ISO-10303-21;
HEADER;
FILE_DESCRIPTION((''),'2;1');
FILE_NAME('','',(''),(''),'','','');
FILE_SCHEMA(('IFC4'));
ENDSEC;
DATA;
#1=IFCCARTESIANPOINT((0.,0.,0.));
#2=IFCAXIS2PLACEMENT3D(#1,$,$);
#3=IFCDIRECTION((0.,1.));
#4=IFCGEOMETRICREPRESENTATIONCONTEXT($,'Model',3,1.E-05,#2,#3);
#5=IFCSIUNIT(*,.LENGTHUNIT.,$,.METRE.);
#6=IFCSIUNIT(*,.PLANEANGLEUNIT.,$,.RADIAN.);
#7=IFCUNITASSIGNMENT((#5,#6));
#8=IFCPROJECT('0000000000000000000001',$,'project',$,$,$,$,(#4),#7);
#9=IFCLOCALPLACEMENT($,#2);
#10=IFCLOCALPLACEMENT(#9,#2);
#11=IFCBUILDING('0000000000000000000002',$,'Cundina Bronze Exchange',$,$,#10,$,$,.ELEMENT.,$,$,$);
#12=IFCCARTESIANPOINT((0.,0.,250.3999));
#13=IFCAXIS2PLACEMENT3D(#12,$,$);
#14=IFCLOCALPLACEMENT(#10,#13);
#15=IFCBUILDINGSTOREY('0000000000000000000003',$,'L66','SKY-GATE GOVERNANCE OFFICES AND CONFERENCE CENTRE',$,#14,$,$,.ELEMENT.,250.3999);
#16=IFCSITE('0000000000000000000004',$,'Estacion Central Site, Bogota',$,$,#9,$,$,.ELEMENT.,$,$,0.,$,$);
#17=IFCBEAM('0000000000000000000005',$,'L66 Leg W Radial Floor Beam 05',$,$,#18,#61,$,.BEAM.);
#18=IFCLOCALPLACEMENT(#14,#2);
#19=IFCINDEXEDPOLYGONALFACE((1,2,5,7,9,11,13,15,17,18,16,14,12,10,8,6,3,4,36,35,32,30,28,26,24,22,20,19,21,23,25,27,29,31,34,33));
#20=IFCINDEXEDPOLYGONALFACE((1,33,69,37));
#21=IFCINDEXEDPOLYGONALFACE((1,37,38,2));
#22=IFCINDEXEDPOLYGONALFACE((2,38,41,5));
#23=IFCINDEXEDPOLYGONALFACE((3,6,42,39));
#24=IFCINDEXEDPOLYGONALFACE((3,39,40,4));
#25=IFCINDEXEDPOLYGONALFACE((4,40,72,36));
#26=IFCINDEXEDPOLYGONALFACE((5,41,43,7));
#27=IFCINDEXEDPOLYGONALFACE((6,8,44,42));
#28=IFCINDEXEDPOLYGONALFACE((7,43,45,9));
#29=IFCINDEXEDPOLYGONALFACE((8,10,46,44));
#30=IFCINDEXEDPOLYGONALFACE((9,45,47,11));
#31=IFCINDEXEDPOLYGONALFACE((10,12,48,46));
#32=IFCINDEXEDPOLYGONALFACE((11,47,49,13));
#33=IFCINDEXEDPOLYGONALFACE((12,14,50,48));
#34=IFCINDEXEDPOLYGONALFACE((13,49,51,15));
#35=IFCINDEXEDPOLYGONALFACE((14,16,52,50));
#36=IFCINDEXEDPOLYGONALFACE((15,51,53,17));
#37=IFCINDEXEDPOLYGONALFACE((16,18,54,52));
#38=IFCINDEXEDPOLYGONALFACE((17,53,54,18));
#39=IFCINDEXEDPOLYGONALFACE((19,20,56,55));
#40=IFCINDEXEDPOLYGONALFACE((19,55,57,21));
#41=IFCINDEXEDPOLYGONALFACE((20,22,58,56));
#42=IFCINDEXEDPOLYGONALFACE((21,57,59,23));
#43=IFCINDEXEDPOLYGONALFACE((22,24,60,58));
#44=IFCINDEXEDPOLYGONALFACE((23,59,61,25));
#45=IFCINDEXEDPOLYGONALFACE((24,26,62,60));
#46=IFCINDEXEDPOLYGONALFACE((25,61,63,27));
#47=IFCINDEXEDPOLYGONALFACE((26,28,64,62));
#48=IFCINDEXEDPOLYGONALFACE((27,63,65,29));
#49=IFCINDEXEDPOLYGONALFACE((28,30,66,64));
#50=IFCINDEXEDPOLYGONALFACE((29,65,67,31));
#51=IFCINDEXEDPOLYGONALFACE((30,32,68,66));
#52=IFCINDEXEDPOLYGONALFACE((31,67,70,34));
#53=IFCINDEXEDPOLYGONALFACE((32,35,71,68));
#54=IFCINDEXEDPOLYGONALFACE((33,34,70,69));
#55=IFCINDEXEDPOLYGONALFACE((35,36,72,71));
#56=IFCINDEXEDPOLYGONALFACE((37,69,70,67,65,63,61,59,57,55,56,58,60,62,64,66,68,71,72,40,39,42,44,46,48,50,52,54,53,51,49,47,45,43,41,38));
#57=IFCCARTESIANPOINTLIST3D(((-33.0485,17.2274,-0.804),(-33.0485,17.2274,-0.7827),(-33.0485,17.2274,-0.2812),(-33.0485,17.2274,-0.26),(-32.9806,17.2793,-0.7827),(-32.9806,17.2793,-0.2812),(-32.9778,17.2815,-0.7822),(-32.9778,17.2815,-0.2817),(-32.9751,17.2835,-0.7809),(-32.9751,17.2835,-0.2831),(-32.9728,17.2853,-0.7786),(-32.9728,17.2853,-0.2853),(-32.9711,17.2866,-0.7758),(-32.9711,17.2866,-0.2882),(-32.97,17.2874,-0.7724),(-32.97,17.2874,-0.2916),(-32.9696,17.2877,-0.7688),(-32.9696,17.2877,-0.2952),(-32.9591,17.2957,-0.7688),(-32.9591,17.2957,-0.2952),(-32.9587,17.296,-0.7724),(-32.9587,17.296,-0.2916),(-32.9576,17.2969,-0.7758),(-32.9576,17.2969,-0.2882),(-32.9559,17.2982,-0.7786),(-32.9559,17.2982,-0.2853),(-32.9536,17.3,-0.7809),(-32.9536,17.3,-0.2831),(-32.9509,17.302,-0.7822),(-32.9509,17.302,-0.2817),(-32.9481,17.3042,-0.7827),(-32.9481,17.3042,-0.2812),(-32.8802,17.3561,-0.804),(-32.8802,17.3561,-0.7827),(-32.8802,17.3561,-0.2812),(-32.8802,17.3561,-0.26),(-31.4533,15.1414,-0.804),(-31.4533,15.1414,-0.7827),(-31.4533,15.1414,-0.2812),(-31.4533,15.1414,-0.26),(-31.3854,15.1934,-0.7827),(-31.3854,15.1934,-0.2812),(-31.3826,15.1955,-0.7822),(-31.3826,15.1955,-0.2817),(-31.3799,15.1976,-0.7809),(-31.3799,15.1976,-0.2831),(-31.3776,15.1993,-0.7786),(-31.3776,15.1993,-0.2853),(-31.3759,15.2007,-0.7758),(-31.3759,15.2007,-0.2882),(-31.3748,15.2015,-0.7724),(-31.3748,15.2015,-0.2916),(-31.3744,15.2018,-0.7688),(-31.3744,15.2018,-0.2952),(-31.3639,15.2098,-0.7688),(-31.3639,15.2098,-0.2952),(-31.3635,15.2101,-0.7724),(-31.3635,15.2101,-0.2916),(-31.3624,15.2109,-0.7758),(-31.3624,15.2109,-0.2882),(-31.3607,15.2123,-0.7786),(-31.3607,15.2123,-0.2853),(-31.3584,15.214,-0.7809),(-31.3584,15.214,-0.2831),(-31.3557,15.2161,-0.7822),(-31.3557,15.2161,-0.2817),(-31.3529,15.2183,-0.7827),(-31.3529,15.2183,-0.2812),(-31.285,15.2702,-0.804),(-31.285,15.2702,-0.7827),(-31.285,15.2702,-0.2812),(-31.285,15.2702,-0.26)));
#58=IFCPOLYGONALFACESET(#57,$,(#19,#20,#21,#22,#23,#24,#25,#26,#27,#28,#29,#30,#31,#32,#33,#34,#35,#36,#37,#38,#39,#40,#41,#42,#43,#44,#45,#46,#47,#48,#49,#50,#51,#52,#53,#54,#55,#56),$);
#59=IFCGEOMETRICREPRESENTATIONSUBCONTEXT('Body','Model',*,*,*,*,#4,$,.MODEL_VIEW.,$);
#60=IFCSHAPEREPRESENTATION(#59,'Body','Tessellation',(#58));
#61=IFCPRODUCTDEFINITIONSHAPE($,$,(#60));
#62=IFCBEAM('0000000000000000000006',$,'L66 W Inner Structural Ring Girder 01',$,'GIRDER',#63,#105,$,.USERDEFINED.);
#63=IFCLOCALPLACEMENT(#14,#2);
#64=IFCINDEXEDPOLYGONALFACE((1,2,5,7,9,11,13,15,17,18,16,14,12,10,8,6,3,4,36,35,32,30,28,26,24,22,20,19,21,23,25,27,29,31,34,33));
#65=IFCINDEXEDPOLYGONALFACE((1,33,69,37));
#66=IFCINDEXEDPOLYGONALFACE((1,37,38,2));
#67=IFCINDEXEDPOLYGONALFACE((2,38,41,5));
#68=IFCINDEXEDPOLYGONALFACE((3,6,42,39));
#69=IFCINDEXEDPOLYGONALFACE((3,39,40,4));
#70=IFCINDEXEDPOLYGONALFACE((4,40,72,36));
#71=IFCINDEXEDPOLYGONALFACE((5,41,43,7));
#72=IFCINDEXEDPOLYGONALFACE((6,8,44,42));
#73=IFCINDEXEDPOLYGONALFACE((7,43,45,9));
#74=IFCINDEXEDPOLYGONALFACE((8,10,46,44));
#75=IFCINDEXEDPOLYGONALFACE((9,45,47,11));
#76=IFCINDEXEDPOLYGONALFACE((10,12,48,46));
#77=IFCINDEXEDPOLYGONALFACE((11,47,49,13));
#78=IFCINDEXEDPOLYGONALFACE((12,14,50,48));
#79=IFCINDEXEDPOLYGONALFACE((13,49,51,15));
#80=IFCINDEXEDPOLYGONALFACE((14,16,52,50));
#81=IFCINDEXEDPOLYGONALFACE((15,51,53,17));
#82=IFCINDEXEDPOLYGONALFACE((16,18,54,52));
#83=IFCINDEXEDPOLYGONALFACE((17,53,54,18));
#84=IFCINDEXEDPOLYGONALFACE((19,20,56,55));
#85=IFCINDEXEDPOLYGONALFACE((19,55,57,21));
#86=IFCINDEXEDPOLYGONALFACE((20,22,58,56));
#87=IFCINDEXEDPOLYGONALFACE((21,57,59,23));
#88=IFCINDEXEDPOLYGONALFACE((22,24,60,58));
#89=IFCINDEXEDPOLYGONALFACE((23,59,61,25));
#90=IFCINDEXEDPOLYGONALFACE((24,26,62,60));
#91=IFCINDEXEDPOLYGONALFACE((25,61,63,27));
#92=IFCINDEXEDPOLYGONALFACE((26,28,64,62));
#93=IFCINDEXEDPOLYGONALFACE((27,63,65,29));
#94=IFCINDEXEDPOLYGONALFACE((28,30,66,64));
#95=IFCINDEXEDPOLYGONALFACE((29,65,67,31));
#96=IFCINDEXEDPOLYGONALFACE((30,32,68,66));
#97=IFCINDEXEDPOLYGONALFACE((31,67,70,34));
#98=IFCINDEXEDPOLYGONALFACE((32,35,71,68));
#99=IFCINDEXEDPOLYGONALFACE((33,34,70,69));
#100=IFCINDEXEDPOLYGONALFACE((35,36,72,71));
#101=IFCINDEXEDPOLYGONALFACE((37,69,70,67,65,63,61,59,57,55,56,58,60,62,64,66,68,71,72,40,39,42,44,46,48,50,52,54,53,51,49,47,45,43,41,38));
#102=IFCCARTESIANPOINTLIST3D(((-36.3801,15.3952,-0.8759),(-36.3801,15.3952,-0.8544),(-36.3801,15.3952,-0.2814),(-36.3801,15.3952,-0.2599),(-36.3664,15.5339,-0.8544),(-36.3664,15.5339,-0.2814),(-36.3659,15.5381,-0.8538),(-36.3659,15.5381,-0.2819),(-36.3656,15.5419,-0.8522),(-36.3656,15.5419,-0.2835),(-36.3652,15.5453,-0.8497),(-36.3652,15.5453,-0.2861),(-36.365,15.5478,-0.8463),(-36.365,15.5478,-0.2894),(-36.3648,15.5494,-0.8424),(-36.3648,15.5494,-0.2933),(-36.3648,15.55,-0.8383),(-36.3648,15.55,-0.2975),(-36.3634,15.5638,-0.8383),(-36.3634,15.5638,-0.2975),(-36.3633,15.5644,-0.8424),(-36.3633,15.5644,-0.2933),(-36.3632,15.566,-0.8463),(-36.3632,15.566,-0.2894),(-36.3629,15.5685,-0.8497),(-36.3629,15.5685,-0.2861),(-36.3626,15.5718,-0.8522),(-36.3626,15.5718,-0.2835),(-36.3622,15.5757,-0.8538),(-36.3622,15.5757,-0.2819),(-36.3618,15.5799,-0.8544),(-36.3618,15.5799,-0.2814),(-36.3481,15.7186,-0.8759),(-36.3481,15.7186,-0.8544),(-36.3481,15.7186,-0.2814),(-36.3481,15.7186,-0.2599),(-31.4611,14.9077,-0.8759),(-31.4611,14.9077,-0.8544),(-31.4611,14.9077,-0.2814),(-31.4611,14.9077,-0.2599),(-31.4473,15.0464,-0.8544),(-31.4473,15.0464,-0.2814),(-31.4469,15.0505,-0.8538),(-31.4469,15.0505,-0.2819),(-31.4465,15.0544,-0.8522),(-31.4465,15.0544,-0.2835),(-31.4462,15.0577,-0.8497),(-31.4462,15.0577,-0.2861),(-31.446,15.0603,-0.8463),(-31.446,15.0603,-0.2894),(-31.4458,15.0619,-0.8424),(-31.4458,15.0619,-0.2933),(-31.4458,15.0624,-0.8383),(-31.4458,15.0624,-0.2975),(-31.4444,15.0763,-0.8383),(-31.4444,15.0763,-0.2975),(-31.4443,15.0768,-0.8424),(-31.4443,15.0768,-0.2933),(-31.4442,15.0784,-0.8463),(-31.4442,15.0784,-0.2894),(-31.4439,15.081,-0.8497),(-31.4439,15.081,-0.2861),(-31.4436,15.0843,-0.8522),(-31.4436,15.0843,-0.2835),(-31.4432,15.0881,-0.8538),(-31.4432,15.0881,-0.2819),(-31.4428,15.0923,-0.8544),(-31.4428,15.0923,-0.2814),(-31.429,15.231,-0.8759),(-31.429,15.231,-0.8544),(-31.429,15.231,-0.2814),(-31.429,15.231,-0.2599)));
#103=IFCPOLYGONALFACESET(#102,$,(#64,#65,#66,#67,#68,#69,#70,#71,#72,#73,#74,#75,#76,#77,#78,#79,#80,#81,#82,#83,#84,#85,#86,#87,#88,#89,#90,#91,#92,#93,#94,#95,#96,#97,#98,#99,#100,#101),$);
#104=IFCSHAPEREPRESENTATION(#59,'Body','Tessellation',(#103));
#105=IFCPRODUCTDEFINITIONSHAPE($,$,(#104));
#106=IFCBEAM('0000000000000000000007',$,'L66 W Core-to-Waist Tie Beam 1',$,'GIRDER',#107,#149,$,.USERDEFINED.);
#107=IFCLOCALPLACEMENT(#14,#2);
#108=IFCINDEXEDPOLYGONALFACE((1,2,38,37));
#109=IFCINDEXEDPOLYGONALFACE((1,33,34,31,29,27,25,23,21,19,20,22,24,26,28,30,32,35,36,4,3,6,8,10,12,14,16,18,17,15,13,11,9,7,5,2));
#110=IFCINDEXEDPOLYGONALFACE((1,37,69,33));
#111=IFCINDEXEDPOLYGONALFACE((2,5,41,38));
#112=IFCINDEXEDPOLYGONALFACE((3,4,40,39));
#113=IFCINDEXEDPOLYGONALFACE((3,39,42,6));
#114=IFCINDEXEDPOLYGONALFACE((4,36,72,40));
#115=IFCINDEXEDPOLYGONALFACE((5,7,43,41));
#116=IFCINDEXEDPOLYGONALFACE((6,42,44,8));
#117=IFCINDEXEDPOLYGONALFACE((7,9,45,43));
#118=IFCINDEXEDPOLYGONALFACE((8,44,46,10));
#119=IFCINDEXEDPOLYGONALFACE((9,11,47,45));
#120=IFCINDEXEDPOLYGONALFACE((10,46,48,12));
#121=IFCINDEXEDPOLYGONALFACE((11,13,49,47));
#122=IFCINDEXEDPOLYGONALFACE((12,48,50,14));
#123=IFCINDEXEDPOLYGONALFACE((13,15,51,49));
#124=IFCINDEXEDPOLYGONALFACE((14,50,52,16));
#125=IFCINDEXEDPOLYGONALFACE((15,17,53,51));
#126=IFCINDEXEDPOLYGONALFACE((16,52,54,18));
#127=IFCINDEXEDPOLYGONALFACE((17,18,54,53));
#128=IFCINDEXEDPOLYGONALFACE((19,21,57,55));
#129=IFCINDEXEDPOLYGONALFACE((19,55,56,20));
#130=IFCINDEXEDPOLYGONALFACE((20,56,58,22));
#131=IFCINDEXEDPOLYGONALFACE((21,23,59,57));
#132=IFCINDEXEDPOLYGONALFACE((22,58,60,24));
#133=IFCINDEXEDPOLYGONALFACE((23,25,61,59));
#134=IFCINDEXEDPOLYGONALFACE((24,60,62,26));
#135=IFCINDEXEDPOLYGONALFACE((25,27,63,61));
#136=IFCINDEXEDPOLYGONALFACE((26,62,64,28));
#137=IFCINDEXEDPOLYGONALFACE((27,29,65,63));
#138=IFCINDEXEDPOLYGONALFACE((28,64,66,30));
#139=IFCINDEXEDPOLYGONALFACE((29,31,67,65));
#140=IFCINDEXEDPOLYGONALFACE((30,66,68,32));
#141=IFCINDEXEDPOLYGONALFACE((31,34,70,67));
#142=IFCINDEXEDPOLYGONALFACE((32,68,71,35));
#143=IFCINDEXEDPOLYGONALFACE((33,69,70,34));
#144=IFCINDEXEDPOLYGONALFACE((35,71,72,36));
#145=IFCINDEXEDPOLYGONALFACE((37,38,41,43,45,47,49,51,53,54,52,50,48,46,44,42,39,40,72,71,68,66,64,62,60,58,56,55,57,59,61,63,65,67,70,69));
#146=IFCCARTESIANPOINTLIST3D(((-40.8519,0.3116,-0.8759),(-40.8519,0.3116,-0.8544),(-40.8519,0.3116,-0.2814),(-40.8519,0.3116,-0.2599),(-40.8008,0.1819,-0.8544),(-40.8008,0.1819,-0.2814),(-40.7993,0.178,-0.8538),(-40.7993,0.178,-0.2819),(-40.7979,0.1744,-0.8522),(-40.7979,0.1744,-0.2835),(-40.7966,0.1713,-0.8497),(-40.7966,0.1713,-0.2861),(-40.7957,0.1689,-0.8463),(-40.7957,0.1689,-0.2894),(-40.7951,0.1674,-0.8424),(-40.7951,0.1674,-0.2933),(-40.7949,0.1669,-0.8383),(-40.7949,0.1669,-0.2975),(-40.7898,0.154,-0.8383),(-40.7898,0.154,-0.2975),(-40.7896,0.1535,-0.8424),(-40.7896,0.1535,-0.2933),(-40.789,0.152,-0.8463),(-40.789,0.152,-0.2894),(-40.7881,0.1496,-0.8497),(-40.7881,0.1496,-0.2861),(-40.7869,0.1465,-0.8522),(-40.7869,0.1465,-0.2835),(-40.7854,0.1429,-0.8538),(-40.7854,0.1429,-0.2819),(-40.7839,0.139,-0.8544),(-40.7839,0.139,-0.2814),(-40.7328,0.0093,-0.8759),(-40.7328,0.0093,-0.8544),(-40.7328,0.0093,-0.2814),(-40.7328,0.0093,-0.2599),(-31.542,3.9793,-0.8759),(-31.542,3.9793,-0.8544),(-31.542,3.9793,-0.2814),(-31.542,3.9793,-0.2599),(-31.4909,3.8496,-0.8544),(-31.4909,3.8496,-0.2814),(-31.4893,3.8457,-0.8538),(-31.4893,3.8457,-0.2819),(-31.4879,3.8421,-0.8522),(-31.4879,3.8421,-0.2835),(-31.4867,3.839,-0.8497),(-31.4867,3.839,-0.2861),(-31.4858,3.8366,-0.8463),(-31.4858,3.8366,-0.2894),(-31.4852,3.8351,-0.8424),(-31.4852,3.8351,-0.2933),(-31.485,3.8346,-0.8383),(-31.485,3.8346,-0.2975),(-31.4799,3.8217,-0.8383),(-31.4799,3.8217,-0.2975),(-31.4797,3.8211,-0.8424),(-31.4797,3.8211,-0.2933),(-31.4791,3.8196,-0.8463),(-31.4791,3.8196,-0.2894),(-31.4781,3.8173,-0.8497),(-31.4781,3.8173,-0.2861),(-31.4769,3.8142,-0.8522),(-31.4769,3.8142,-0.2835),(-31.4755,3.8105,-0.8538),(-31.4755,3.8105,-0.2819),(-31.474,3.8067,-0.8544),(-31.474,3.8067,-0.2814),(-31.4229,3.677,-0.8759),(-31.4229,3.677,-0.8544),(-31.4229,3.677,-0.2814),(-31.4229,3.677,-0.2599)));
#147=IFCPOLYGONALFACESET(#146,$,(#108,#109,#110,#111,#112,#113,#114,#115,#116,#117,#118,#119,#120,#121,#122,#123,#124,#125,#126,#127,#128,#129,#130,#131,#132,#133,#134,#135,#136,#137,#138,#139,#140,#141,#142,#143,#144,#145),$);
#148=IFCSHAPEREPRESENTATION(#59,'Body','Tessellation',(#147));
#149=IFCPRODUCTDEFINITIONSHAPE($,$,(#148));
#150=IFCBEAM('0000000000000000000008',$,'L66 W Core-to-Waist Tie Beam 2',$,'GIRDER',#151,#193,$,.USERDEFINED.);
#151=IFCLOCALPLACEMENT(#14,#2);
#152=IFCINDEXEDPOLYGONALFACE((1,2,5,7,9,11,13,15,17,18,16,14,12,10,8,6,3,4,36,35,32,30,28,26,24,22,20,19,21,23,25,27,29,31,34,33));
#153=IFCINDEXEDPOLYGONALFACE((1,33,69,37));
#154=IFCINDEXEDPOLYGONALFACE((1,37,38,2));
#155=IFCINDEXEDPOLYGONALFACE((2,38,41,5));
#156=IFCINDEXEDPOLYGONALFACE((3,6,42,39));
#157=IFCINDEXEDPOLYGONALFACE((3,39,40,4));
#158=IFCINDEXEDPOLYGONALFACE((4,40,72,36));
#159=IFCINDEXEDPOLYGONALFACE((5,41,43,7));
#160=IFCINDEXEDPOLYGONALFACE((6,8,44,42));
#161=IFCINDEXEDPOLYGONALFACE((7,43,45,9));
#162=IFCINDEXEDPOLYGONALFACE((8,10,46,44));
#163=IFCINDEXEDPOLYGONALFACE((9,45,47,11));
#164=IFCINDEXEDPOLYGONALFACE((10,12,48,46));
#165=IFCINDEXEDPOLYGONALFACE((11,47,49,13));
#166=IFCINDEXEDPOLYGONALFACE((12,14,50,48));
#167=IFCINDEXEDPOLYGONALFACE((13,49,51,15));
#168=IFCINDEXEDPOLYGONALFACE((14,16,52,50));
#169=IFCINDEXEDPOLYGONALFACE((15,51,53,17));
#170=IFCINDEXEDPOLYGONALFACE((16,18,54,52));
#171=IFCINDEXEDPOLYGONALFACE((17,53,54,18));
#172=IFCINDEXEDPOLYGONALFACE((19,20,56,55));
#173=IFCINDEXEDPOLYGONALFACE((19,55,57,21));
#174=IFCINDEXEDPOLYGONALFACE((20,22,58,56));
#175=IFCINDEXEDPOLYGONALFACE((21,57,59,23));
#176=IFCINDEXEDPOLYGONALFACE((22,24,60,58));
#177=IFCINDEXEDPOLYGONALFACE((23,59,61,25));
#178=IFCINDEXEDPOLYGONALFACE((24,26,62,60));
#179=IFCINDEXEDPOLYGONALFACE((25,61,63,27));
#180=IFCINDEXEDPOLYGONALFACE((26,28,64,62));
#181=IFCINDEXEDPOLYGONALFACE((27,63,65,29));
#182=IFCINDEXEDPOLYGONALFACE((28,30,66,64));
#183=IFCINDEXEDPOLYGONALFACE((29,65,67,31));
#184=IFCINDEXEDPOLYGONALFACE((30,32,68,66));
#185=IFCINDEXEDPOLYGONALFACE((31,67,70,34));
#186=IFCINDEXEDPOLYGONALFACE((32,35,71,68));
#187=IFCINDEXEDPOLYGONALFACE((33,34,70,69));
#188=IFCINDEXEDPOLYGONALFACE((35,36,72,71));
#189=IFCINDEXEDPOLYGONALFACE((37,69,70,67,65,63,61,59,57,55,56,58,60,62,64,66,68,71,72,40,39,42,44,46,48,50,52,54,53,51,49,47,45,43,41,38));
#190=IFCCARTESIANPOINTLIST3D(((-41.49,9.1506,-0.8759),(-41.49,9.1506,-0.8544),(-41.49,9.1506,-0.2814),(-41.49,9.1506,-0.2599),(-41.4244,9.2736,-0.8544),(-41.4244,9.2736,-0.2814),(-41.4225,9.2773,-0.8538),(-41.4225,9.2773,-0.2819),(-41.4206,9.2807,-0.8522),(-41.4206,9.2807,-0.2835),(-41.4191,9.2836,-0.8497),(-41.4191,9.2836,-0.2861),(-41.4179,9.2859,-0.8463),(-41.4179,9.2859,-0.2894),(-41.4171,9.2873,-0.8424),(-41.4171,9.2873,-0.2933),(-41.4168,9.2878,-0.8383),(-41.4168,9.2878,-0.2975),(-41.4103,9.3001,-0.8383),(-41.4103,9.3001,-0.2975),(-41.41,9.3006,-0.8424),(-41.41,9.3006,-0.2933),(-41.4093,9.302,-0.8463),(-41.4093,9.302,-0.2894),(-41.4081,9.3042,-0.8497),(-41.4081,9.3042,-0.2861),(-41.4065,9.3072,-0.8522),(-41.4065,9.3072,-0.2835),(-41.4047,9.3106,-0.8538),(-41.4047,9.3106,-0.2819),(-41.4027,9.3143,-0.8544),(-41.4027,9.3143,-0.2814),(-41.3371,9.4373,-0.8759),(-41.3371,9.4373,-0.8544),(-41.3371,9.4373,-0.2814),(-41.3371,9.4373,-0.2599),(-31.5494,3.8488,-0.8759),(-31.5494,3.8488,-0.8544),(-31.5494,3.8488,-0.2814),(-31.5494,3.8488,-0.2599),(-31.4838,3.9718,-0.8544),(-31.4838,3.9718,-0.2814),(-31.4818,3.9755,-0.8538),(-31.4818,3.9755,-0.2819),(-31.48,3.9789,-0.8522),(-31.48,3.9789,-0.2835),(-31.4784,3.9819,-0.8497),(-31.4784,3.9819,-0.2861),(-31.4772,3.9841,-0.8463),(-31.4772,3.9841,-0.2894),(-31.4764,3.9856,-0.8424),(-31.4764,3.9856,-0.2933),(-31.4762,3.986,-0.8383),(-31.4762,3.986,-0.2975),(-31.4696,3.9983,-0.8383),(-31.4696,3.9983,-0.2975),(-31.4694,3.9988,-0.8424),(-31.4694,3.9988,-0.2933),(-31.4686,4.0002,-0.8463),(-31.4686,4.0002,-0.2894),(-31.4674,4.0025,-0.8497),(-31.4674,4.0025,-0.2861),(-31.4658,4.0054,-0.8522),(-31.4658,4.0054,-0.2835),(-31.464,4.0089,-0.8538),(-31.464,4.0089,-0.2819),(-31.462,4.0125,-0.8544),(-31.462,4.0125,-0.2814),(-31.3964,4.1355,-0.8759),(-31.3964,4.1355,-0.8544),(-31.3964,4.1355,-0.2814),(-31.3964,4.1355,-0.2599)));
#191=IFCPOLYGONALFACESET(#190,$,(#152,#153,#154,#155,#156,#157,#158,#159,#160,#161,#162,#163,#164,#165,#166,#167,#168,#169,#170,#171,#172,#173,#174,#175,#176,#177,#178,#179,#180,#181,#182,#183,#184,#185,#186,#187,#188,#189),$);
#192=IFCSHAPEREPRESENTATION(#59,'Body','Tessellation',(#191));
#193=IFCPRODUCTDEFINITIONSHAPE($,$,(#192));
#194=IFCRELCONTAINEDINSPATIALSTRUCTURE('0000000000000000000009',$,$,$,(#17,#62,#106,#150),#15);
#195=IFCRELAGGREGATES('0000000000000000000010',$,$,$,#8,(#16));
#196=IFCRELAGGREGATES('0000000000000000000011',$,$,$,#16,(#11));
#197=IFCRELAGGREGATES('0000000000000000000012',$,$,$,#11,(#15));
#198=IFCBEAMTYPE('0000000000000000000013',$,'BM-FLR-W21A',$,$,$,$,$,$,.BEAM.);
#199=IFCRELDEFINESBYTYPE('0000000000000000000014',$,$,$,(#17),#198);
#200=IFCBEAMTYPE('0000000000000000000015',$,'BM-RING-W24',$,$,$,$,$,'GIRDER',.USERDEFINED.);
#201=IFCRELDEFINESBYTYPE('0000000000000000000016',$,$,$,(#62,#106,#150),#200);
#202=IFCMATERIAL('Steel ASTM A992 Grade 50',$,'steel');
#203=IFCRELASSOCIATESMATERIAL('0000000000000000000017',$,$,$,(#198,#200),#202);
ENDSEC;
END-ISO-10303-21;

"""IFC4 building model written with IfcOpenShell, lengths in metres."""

from ifc_helpers import new_model, si_unit, direction, frame, origin, origin_2d, place, context, subcontext, project, spatial, i_section, extrude, material, material_profile, profile_set, type_object, element, save


model = new_model("IFC4")

# Units and contexts
model_context = context("Model", 3, precision=1e-05, world=origin(), true_north=direction((0.0, 1.0)))
body_context = subcontext(model_context, "Body", "Model", "MODEL_VIEW")
ifc_project = project(units=[si_unit("LENGTHUNIT", "METRE"), si_unit("PLANEANGLEUNIT", "RADIAN")], contexts=[model_context])

# Site, building, storey
site_placement = place(None, origin())
site = spatial("IfcSite", under=ifc_project, at=site_placement, Name="Estacion Central Site, Bogota", CompositionType="ELEMENT", RefElevation=0.0)
building_placement = place(site_placement, origin())
building = spatial("IfcBuilding", under=site, at=building_placement, Name="Cundina Bronze Exchange", CompositionType="ELEMENT")
storey_placement = place(building_placement, frame((0.0, 0.0, 250.3999)))
storey = spatial("IfcBuildingStorey", under=building, at=storey_placement, Name="L66", Description="SKY-GATE GOVERNANCE OFFICES AND CONFERENCE CENTRE", CompositionType="ELEMENT", Elevation=250.3999)

# Shared definitions
ifc_material_1 = material(Name="Steel ASTM A992 Grade 50", Category="steel")

# Beams
ifc_material_profile_1 = material_profile(ifc_material_1, i_section(OverallWidth=0.2119, OverallDepth=0.5439, WebThickness=0.0132, FlangeThickness=0.0212, FilletRadius=0.0139, at=origin_2d()), Name="W21X83", Category="steel")
ifc_profile_set_1 = profile_set([ifc_material_profile_1], Name="Steel ASTM A992 Grade 50")
beam_type_1 = type_object("IfcBeamType", Name="BM-FLR-W21A", PredefinedType="BEAM", material=ifc_profile_set_1)
beam_1_placement = place(storey_placement, frame((-31.3691, 15.2058, -0.532), z_axis=(-0.607471, 0.794342, 0.0), x_axis=(-0.794342, -0.607471, 0.0)))
element("IfcBeam", 1, at=beam_1_placement, inside=storey, type_object=beam_type_1, Name="L66 Leg W Radial Floor Beam 05", PredefinedType="BEAM", context=body_context, shape_type="SweptSolid", body=[
    extrude(i_section(OverallWidth=0.2119, OverallDepth=0.5439, WebThickness=0.0132, FlangeThickness=0.0212, FilletRadius=0.0139, at=origin_2d()), origin(), (0.0, 0.0, 1.0), 2.626),
])
ifc_material_profile_2 = material_profile(ifc_material_1, i_section(OverallWidth=0.325, OverallDepth=0.616, WebThickness=0.0139, FlangeThickness=0.0215, FilletRadius=0.0161, at=origin_2d()), Name="W24X117", Category="steel")
ifc_profile_set_2 = profile_set([ifc_material_profile_2], Name="Steel ASTM A992 Grade 50")
beam_type_2 = type_object("IfcBeamType", Name="BM-RING-W24", ElementType="GIRDER", PredefinedType="USERDEFINED", material=ifc_profile_set_2)
beam_2_placement = place(storey_placement, frame((-31.4451, 15.0693, -0.5679), z_axis=(-0.995124, 0.098633, 0.0), x_axis=(-0.098633, -0.995124, 0.0)))
element("IfcBeam", 2, at=beam_2_placement, inside=storey, type_object=beam_type_2, Name="L66 W Inner Structural Ring Girder 01", ObjectType="GIRDER", PredefinedType="USERDEFINED", context=body_context, shape_type="SweptSolid", body=[
    extrude(i_section(OverallWidth=0.325, OverallDepth=0.616, WebThickness=0.0139, FlangeThickness=0.0215, FilletRadius=0.0161, at=origin_2d()), origin(), (0.0, 0.0, 1.0), 4.9431),
])
beam_3_placement = place(storey_placement, frame((-31.4824, 3.8281, -0.5679), z_axis=(-0.930404, -0.366535, 0.0), x_axis=(0.366535, -0.930404, 0.0)))
element("IfcBeam", 3, at=beam_3_placement, inside=storey, type_object=beam_type_2, Name="L66 W Core-to-Waist Tie Beam 1", ObjectType="GIRDER", PredefinedType="USERDEFINED", context=body_context, shape_type="SweptSolid", body=[
    extrude(i_section(OverallWidth=0.325, OverallDepth=0.616, WebThickness=0.0139, FlangeThickness=0.0215, FilletRadius=0.0161, at=origin_2d()), origin(), (0.0, 0.0, 1.0), 10.0063),
])
beam_4_placement = place(storey_placement, frame((-31.4729, 3.9922, -0.5679), z_axis=(-0.882351, 0.470593, 0.0), x_axis=(-0.470593, -0.882351, 0.0)))
element("IfcBeam", 4, at=beam_4_placement, inside=storey, type_object=beam_type_2, Name="L66 W Core-to-Waist Tie Beam 2", ObjectType="GIRDER", PredefinedType="USERDEFINED", context=body_context, shape_type="SweptSolid", body=[
    extrude(i_section(OverallWidth=0.325, OverallDepth=0.616, WebThickness=0.0139, FlangeThickness=0.0215, FilletRadius=0.0161, at=origin_2d()), origin(), (0.0, 0.0, 1.0), 11.2661),
])

save(model, "model.ifc")
